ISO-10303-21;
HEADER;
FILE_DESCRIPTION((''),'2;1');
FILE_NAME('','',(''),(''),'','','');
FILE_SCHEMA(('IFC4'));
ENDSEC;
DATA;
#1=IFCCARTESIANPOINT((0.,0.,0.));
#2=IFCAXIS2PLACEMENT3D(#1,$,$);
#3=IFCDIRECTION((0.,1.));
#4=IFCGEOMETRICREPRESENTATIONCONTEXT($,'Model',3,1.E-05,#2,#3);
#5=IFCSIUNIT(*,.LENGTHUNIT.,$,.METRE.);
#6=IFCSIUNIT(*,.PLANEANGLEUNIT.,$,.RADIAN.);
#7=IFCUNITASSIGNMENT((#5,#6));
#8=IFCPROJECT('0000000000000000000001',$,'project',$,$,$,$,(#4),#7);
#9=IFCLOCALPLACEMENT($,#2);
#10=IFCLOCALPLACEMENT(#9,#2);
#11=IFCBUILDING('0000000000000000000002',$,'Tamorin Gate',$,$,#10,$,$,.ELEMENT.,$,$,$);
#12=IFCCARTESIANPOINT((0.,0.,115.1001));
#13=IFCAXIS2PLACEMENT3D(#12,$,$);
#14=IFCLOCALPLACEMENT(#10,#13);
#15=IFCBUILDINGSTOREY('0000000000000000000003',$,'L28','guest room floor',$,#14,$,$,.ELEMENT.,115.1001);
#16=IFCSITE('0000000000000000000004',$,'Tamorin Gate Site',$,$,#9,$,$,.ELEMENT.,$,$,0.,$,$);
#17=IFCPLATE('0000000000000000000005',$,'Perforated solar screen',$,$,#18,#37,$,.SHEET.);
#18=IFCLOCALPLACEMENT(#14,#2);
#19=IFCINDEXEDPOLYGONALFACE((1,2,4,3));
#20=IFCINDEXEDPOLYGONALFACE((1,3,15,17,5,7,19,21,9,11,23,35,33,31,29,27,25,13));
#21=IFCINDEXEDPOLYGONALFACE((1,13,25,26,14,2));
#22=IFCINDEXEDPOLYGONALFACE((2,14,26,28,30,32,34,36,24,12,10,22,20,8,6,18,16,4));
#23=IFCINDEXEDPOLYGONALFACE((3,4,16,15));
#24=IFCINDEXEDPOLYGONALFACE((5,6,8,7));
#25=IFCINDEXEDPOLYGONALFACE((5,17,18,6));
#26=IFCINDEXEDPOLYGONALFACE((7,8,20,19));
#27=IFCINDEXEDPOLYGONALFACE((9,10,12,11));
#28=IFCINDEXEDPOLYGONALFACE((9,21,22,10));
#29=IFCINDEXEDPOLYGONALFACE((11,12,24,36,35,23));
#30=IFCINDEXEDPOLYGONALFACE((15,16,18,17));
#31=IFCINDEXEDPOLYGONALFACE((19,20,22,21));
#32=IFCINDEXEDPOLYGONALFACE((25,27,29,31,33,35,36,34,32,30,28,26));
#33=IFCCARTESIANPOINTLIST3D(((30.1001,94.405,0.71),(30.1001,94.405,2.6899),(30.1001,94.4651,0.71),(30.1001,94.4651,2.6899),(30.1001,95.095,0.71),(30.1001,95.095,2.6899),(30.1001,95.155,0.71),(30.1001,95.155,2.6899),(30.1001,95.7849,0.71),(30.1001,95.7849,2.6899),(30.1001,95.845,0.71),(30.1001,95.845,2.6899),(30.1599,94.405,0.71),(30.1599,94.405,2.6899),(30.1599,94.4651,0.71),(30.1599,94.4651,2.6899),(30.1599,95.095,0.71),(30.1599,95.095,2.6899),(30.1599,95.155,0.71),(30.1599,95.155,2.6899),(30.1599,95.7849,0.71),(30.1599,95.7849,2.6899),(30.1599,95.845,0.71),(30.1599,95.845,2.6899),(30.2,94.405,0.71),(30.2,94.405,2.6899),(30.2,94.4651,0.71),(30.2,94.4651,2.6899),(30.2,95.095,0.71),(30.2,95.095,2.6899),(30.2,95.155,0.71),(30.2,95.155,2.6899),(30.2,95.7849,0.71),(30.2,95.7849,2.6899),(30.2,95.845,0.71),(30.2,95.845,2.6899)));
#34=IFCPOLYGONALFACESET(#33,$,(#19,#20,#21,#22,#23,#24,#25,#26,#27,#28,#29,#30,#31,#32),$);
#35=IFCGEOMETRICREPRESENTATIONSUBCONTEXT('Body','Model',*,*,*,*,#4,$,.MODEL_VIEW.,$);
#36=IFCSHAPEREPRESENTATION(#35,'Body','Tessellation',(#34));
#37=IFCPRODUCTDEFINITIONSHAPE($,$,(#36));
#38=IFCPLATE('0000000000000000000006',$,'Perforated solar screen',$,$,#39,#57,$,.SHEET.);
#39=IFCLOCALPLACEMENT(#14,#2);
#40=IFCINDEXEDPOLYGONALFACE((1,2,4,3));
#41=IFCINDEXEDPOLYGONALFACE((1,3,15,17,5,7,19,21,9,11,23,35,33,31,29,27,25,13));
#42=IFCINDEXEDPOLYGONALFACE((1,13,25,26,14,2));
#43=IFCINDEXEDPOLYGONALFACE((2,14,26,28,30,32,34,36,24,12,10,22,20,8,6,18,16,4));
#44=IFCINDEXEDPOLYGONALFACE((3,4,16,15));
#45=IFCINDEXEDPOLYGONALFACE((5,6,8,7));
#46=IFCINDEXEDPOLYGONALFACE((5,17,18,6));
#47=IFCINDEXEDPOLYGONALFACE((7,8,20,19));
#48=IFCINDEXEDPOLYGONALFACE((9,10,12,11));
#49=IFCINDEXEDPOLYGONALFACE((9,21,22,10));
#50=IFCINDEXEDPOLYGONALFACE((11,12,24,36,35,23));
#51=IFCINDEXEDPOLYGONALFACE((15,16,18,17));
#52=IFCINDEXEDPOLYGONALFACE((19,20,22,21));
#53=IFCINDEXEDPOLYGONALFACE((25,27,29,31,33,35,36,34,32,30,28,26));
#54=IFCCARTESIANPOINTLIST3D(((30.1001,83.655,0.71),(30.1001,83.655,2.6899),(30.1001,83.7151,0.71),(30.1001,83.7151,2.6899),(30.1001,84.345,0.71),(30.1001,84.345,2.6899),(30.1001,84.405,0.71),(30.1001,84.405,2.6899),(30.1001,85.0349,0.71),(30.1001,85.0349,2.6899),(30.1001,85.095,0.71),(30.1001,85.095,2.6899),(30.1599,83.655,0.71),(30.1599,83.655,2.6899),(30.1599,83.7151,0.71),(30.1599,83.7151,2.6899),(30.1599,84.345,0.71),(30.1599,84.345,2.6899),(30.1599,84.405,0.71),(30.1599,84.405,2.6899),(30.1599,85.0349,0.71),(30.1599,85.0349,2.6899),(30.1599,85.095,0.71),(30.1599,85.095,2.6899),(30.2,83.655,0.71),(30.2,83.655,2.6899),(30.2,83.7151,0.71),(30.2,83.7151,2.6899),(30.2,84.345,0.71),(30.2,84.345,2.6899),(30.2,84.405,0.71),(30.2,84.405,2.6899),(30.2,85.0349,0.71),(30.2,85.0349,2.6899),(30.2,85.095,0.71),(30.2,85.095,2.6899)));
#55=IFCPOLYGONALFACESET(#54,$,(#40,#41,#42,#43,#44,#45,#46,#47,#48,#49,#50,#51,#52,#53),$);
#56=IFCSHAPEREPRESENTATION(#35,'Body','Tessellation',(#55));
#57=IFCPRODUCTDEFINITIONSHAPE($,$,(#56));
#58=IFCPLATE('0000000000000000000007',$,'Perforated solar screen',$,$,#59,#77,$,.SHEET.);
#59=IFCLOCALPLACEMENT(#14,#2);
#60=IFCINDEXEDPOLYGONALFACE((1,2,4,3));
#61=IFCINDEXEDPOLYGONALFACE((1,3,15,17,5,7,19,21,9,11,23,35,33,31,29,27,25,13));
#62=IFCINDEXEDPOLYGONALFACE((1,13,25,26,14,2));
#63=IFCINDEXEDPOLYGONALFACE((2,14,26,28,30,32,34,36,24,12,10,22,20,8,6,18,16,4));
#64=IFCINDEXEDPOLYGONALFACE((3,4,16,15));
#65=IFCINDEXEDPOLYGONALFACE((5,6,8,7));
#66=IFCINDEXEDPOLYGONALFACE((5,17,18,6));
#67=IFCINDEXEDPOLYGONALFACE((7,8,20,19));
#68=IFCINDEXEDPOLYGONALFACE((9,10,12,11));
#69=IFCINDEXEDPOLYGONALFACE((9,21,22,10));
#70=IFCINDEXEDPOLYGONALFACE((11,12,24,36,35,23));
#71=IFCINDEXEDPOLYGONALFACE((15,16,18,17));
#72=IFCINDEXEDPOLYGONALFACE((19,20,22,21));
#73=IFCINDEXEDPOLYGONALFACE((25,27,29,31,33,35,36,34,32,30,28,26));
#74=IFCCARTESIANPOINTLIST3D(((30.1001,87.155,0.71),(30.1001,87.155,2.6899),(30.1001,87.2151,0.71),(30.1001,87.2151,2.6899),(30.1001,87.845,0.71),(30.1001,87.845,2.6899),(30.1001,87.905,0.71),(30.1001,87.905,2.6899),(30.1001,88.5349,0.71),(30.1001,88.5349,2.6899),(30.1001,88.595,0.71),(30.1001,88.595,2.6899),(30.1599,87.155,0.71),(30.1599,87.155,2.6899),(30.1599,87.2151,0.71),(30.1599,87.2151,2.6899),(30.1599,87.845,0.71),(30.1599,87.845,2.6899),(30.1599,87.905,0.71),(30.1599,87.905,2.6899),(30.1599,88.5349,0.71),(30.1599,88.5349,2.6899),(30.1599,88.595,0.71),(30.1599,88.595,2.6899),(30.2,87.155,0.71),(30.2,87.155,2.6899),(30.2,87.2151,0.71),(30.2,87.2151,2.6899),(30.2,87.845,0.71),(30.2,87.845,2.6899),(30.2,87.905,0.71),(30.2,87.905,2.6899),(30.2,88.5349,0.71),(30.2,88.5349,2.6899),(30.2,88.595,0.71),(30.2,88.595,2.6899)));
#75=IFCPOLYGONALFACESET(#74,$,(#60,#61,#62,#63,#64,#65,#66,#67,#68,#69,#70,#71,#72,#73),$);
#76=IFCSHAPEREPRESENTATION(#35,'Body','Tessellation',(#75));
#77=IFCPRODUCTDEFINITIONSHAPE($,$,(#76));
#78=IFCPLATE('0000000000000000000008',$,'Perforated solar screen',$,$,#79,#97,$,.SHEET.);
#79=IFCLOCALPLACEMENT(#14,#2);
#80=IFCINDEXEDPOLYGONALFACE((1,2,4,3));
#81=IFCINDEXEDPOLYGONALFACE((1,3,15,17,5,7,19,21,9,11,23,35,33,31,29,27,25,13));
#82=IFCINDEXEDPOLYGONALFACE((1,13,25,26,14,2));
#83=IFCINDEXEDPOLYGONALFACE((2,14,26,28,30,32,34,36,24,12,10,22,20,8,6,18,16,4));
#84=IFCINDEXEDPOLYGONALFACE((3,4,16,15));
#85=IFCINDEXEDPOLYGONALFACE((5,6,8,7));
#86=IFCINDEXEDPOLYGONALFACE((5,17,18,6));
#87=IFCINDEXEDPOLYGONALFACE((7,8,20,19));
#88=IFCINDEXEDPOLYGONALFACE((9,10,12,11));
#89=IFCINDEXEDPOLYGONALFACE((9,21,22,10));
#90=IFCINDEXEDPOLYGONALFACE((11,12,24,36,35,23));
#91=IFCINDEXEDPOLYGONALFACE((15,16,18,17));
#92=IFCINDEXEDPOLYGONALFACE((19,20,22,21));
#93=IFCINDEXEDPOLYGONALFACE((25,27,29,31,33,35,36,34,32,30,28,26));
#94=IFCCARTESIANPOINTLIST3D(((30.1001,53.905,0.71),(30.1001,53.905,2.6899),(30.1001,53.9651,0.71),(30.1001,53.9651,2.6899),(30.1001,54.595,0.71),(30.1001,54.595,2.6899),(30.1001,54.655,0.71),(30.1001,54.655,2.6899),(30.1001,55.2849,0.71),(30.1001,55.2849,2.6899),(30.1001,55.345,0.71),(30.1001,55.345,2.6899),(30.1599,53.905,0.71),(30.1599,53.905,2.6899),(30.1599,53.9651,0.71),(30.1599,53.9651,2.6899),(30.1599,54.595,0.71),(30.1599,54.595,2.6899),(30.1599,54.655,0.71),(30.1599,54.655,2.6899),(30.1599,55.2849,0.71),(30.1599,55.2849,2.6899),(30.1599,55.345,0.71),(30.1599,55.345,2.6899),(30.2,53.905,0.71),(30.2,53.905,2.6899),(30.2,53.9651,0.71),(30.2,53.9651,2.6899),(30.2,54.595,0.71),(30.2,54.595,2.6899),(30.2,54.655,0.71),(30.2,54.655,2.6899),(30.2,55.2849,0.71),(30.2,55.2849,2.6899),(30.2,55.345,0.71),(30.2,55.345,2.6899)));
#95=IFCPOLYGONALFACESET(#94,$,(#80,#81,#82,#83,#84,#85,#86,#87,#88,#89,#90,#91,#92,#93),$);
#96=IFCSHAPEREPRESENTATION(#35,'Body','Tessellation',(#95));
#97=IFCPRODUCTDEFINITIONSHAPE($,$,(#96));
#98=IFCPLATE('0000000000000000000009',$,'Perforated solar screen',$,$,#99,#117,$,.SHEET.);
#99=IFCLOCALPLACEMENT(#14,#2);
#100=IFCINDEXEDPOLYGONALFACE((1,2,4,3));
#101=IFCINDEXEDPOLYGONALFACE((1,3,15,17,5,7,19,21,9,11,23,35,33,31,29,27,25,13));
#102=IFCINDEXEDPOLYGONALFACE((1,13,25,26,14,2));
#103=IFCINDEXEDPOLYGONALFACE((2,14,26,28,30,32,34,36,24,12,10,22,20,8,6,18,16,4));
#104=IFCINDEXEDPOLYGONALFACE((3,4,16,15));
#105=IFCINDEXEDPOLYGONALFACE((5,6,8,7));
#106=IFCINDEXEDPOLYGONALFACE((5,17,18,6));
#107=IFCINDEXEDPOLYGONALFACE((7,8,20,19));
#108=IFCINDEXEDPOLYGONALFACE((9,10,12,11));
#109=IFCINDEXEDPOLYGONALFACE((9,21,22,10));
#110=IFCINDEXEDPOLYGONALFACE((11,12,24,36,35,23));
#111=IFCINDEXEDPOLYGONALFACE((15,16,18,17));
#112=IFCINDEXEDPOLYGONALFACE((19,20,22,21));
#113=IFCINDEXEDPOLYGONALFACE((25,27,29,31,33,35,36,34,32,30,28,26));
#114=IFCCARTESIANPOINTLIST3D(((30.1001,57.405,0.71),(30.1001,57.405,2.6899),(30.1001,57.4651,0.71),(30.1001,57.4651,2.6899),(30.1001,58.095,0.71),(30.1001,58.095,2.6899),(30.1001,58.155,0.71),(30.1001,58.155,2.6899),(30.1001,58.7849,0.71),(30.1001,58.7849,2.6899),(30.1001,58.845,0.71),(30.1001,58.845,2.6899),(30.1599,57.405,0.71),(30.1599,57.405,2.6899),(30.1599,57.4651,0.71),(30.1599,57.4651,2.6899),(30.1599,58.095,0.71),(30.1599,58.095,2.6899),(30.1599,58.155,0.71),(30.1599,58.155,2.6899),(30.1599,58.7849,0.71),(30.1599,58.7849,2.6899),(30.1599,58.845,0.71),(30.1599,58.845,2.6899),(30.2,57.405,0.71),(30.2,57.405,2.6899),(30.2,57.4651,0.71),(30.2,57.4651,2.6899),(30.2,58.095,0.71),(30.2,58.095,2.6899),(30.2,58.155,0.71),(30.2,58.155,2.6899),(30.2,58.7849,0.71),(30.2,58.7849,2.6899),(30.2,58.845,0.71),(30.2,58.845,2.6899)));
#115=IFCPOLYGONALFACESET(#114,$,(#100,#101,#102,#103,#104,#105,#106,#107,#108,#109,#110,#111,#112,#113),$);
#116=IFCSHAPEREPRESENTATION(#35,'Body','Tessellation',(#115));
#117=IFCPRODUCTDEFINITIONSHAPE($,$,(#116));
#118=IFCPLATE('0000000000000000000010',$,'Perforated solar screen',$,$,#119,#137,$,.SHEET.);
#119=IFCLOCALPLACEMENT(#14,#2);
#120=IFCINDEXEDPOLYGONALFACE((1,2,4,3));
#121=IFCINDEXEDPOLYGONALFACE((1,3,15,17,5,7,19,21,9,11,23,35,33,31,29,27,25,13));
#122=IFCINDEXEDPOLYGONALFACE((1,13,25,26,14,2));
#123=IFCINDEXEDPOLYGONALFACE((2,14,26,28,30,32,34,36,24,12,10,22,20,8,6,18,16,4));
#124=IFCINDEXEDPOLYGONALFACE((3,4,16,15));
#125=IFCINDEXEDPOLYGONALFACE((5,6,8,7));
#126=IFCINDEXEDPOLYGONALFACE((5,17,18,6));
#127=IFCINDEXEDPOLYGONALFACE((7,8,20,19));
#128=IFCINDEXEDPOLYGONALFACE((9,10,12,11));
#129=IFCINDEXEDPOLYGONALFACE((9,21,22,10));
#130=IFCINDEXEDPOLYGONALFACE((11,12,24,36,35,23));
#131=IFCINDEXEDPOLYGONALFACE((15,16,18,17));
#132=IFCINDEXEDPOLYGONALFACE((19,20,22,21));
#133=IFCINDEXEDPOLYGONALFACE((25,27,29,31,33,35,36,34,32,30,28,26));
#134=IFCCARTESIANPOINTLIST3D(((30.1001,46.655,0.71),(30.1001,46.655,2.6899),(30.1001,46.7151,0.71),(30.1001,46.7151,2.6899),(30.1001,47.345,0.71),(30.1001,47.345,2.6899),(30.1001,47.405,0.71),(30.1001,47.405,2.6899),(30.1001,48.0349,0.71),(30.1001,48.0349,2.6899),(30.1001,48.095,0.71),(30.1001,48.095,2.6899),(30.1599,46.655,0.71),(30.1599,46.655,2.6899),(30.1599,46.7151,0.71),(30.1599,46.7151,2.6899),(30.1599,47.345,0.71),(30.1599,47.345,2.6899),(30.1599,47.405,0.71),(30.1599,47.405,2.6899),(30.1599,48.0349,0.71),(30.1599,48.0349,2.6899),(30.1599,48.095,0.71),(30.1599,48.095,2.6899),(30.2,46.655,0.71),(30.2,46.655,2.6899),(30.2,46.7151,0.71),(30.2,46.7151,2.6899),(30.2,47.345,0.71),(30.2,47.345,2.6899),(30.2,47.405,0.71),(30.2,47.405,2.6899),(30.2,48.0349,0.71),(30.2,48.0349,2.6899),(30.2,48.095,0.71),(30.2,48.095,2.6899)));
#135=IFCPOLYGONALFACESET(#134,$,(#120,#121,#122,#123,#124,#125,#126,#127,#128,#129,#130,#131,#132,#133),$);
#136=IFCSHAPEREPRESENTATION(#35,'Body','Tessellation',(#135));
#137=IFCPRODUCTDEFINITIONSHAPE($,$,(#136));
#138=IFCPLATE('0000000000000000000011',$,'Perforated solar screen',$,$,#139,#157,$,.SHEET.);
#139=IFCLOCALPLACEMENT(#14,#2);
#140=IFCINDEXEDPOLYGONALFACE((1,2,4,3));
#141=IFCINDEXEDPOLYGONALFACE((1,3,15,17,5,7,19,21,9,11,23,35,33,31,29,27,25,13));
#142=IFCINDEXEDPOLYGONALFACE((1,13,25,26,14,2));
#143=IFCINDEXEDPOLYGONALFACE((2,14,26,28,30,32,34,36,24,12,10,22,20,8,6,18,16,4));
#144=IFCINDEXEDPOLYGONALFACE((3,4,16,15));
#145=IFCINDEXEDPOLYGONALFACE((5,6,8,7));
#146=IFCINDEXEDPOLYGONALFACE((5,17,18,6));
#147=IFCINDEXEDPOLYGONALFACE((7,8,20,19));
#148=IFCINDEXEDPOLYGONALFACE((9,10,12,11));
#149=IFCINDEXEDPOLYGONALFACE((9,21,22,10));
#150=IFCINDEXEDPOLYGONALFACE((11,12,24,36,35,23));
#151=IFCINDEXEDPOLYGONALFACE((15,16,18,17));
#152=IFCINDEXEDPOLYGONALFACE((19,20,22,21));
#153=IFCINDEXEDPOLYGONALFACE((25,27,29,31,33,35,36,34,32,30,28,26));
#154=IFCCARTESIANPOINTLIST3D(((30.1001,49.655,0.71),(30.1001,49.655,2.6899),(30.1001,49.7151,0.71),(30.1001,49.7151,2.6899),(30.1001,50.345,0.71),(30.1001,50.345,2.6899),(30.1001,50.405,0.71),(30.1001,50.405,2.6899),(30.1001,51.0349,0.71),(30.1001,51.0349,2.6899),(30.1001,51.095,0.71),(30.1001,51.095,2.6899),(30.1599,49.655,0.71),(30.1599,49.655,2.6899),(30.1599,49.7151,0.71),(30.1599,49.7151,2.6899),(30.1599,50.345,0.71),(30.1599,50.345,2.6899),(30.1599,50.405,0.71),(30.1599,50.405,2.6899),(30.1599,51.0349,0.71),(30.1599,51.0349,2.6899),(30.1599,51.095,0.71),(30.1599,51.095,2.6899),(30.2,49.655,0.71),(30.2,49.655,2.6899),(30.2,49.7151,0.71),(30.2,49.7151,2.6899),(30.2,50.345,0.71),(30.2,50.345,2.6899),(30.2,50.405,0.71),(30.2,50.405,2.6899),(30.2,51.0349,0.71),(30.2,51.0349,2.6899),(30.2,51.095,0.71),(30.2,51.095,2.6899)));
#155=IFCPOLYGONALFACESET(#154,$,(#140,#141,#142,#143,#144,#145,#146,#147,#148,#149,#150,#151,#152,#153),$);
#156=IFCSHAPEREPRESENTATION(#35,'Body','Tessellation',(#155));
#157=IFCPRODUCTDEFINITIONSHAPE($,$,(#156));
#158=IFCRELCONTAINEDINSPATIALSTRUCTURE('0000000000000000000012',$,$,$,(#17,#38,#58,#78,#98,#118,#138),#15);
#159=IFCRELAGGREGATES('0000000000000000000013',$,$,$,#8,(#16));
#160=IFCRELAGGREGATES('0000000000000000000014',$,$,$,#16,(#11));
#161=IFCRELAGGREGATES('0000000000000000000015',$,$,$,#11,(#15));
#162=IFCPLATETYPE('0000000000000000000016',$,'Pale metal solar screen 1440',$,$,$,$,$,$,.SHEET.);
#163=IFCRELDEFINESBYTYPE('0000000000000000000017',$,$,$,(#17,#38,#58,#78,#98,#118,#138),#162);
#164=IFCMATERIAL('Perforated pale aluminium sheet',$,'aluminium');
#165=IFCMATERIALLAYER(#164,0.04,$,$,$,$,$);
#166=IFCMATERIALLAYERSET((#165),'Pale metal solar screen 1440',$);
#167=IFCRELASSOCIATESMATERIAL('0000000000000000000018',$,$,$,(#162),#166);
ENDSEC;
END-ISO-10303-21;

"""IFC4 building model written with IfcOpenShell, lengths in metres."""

from ifc_helpers import new_model, si_unit, direction, frame, origin, place, context, subcontext, project, spatial, polyline, outline, extrude, material, layer, layer_set, type_object, element, save


model = new_model("IFC4")

# Units and contexts
model_context = context("Model", 3, precision=1e-05, world=origin(), true_north=direction((0.0, 1.0)))
body_context = subcontext(model_context, "Body", "Model", "MODEL_VIEW")
ifc_project = project(units=[si_unit("LENGTHUNIT", "METRE"), si_unit("PLANEANGLEUNIT", "RADIAN")], contexts=[model_context])

# Site, building, storey
site_placement = place(None, origin())
site = spatial("IfcSite", under=ifc_project, at=site_placement, Name="Tamorin Gate Site", CompositionType="ELEMENT", RefElevation=0.0)
building_placement = place(site_placement, origin())
building = spatial("IfcBuilding", under=site, at=building_placement, Name="Tamorin Gate", CompositionType="ELEMENT")
storey_placement = place(building_placement, frame((0.0, 0.0, 115.1001)))
storey = spatial("IfcBuildingStorey", under=building, at=storey_placement, Name="L28", Description="guest room floor", CompositionType="ELEMENT", Elevation=115.1001)

# Plates
ifc_material_1 = material(Name="Perforated pale aluminium sheet", Category="aluminium")
ifc_layer_1 = layer(ifc_material_1, 0.04)
ifc_layer_set_1 = layer_set([ifc_layer_1], Name="Pale metal solar screen 1440")
plate_type = type_object("IfcPlateType", Name="Pale metal solar screen 1440", PredefinedType="SHEET", material=ifc_layer_set_1)
plate_1_placement = place(storey_placement, frame((0.0, 0.0, 0.71)))
element("IfcPlate", 1, at=plate_1_placement, inside=storey, type_object=plate_type, Name="Perforated solar screen", PredefinedType="SHEET", context=body_context, shape_type="SweptSolid", body=[
    extrude(outline(polyline([(30.1599, 95.845), (30.2, 95.845), (30.2, 95.7849), (30.2, 95.155), (30.2, 95.095), (30.2, 94.4651), (30.2, 94.405), (30.2, 94.405), (30.1599, 94.405), (30.1599, 94.405), (30.1001, 94.405), (30.1001, 94.4651), (30.1599, 94.4651), (30.1599, 95.095), (30.1001, 95.095), (30.1001, 95.155), (30.1599, 95.155), (30.1599, 95.7849), (30.1001, 95.7849), (30.1001, 95.845), (30.1599, 95.845)])), origin(), (0.0, 0.0, 1.0), 1.98),
])
plate_2_placement = place(storey_placement, frame((0.0, 0.0, 0.71)))
element("IfcPlate", 2, at=plate_2_placement, inside=storey, type_object=plate_type, Name="Perforated solar screen", PredefinedType="SHEET", context=body_context, shape_type="SweptSolid", body=[
    extrude(outline(polyline([(30.1599, 85.095), (30.2, 85.095), (30.2, 85.0349), (30.2, 84.405), (30.2, 84.345), (30.2, 83.7151), (30.2, 83.655), (30.1599, 83.655), (30.1001, 83.655), (30.1001, 83.7151), (30.1599, 83.7151), (30.1599, 84.345), (30.1001, 84.345), (30.1001, 84.405), (30.1599, 84.405), (30.1599, 85.0349), (30.1001, 85.0349), (30.1001, 85.095), (30.1599, 85.095)])), origin(), (0.0, 0.0, 1.0), 1.98),
])
plate_3_placement = place(storey_placement, frame((0.0, 0.0, 0.71)))
element("IfcPlate", 3, at=plate_3_placement, inside=storey, type_object=plate_type, Name="Perforated solar screen", PredefinedType="SHEET", context=body_context, shape_type="SweptSolid", body=[
    extrude(outline(polyline([(30.1599, 88.595), (30.2, 88.595), (30.2, 88.5349), (30.2, 87.905), (30.2, 87.845), (30.2, 87.2151), (30.2, 87.155), (30.1599, 87.155), (30.1001, 87.155), (30.1001, 87.2151), (30.1599, 87.2151), (30.1599, 87.845), (30.1001, 87.845), (30.1001, 87.905), (30.1599, 87.905), (30.1599, 88.5349), (30.1001, 88.5349), (30.1001, 88.595), (30.1599, 88.595)])), origin(), (0.0, 0.0, 1.0), 1.98),
])
plate_4_placement = place(storey_placement, frame((0.0, 0.0, 0.71)))
element("IfcPlate", 4, at=plate_4_placement, inside=storey, type_object=plate_type, Name="Perforated solar screen", PredefinedType="SHEET", context=body_context, shape_type="SweptSolid", body=[
    extrude(outline(polyline([(30.1599, 55.345), (30.2, 55.345), (30.2, 55.2849), (30.2, 54.655), (30.2, 54.595), (30.2, 53.9651), (30.2, 53.905), (30.1599, 53.905), (30.1001, 53.905), (30.1001, 53.9651), (30.1599, 53.9651), (30.1599, 54.595), (30.1001, 54.595), (30.1001, 54.655), (30.1599, 54.655), (30.1599, 55.2849), (30.1001, 55.2849), (30.1001, 55.345), (30.1599, 55.345)])), origin(), (0.0, 0.0, 1.0), 1.98),
])
plate_5_placement = place(storey_placement, frame((0.0, 0.0, 0.71)))
element("IfcPlate", 5, at=plate_5_placement, inside=storey, type_object=plate_type, Name="Perforated solar screen", PredefinedType="SHEET", context=body_context, shape_type="SweptSolid", body=[
    extrude(outline(polyline([(30.1599, 58.845), (30.2, 58.845), (30.2, 58.7849), (30.2, 58.155), (30.2, 58.095), (30.2, 57.4651), (30.2, 57.405), (30.1599, 57.405), (30.1001, 57.405), (30.1001, 57.4651), (30.1599, 57.4651), (30.1599, 58.095), (30.1001, 58.095), (30.1001, 58.155), (30.1599, 58.155), (30.1599, 58.7849), (30.1001, 58.7849), (30.1001, 58.845), (30.1599, 58.845)])), origin(), (0.0, 0.0, 1.0), 1.98),
])
plate_6_placement = place(storey_placement, frame((0.0, 0.0, 0.71)))
element("IfcPlate", 6, at=plate_6_placement, inside=storey, type_object=plate_type, Name="Perforated solar screen", PredefinedType="SHEET", context=body_context, shape_type="SweptSolid", body=[
    extrude(outline(polyline([(30.1599, 48.095), (30.2, 48.095), (30.2, 48.0349), (30.2, 47.405), (30.2, 47.345), (30.2, 46.7151), (30.2, 46.655), (30.1599, 46.655), (30.1001, 46.655), (30.1001, 46.7151), (30.1599, 46.7151), (30.1599, 47.345), (30.1001, 47.345), (30.1001, 47.405), (30.1599, 47.405), (30.1599, 48.0349), (30.1001, 48.0349), (30.1001, 48.095), (30.1599, 48.095)])), origin(), (0.0, 0.0, 1.0), 1.98),
])
plate_7_placement = place(storey_placement, frame((0.0, 0.0, 0.71)))
element("IfcPlate", 7, at=plate_7_placement, inside=storey, type_object=plate_type, Name="Perforated solar screen", PredefinedType="SHEET", context=body_context, shape_type="SweptSolid", body=[
    extrude(outline(polyline([(30.1599, 51.095), (30.2, 51.095), (30.2, 51.0349), (30.2, 50.405), (30.2, 50.345), (30.2, 49.7151), (30.2, 49.655), (30.1599, 49.655), (30.1001, 49.655), (30.1001, 49.7151), (30.1599, 49.7151), (30.1599, 50.345), (30.1001, 50.345), (30.1001, 50.405), (30.1599, 50.405), (30.1599, 51.0349), (30.1001, 51.0349), (30.1001, 51.095), (30.1599, 51.095)])), origin(), (0.0, 0.0, 1.0), 1.98),
])

save(model, "model.ifc")
